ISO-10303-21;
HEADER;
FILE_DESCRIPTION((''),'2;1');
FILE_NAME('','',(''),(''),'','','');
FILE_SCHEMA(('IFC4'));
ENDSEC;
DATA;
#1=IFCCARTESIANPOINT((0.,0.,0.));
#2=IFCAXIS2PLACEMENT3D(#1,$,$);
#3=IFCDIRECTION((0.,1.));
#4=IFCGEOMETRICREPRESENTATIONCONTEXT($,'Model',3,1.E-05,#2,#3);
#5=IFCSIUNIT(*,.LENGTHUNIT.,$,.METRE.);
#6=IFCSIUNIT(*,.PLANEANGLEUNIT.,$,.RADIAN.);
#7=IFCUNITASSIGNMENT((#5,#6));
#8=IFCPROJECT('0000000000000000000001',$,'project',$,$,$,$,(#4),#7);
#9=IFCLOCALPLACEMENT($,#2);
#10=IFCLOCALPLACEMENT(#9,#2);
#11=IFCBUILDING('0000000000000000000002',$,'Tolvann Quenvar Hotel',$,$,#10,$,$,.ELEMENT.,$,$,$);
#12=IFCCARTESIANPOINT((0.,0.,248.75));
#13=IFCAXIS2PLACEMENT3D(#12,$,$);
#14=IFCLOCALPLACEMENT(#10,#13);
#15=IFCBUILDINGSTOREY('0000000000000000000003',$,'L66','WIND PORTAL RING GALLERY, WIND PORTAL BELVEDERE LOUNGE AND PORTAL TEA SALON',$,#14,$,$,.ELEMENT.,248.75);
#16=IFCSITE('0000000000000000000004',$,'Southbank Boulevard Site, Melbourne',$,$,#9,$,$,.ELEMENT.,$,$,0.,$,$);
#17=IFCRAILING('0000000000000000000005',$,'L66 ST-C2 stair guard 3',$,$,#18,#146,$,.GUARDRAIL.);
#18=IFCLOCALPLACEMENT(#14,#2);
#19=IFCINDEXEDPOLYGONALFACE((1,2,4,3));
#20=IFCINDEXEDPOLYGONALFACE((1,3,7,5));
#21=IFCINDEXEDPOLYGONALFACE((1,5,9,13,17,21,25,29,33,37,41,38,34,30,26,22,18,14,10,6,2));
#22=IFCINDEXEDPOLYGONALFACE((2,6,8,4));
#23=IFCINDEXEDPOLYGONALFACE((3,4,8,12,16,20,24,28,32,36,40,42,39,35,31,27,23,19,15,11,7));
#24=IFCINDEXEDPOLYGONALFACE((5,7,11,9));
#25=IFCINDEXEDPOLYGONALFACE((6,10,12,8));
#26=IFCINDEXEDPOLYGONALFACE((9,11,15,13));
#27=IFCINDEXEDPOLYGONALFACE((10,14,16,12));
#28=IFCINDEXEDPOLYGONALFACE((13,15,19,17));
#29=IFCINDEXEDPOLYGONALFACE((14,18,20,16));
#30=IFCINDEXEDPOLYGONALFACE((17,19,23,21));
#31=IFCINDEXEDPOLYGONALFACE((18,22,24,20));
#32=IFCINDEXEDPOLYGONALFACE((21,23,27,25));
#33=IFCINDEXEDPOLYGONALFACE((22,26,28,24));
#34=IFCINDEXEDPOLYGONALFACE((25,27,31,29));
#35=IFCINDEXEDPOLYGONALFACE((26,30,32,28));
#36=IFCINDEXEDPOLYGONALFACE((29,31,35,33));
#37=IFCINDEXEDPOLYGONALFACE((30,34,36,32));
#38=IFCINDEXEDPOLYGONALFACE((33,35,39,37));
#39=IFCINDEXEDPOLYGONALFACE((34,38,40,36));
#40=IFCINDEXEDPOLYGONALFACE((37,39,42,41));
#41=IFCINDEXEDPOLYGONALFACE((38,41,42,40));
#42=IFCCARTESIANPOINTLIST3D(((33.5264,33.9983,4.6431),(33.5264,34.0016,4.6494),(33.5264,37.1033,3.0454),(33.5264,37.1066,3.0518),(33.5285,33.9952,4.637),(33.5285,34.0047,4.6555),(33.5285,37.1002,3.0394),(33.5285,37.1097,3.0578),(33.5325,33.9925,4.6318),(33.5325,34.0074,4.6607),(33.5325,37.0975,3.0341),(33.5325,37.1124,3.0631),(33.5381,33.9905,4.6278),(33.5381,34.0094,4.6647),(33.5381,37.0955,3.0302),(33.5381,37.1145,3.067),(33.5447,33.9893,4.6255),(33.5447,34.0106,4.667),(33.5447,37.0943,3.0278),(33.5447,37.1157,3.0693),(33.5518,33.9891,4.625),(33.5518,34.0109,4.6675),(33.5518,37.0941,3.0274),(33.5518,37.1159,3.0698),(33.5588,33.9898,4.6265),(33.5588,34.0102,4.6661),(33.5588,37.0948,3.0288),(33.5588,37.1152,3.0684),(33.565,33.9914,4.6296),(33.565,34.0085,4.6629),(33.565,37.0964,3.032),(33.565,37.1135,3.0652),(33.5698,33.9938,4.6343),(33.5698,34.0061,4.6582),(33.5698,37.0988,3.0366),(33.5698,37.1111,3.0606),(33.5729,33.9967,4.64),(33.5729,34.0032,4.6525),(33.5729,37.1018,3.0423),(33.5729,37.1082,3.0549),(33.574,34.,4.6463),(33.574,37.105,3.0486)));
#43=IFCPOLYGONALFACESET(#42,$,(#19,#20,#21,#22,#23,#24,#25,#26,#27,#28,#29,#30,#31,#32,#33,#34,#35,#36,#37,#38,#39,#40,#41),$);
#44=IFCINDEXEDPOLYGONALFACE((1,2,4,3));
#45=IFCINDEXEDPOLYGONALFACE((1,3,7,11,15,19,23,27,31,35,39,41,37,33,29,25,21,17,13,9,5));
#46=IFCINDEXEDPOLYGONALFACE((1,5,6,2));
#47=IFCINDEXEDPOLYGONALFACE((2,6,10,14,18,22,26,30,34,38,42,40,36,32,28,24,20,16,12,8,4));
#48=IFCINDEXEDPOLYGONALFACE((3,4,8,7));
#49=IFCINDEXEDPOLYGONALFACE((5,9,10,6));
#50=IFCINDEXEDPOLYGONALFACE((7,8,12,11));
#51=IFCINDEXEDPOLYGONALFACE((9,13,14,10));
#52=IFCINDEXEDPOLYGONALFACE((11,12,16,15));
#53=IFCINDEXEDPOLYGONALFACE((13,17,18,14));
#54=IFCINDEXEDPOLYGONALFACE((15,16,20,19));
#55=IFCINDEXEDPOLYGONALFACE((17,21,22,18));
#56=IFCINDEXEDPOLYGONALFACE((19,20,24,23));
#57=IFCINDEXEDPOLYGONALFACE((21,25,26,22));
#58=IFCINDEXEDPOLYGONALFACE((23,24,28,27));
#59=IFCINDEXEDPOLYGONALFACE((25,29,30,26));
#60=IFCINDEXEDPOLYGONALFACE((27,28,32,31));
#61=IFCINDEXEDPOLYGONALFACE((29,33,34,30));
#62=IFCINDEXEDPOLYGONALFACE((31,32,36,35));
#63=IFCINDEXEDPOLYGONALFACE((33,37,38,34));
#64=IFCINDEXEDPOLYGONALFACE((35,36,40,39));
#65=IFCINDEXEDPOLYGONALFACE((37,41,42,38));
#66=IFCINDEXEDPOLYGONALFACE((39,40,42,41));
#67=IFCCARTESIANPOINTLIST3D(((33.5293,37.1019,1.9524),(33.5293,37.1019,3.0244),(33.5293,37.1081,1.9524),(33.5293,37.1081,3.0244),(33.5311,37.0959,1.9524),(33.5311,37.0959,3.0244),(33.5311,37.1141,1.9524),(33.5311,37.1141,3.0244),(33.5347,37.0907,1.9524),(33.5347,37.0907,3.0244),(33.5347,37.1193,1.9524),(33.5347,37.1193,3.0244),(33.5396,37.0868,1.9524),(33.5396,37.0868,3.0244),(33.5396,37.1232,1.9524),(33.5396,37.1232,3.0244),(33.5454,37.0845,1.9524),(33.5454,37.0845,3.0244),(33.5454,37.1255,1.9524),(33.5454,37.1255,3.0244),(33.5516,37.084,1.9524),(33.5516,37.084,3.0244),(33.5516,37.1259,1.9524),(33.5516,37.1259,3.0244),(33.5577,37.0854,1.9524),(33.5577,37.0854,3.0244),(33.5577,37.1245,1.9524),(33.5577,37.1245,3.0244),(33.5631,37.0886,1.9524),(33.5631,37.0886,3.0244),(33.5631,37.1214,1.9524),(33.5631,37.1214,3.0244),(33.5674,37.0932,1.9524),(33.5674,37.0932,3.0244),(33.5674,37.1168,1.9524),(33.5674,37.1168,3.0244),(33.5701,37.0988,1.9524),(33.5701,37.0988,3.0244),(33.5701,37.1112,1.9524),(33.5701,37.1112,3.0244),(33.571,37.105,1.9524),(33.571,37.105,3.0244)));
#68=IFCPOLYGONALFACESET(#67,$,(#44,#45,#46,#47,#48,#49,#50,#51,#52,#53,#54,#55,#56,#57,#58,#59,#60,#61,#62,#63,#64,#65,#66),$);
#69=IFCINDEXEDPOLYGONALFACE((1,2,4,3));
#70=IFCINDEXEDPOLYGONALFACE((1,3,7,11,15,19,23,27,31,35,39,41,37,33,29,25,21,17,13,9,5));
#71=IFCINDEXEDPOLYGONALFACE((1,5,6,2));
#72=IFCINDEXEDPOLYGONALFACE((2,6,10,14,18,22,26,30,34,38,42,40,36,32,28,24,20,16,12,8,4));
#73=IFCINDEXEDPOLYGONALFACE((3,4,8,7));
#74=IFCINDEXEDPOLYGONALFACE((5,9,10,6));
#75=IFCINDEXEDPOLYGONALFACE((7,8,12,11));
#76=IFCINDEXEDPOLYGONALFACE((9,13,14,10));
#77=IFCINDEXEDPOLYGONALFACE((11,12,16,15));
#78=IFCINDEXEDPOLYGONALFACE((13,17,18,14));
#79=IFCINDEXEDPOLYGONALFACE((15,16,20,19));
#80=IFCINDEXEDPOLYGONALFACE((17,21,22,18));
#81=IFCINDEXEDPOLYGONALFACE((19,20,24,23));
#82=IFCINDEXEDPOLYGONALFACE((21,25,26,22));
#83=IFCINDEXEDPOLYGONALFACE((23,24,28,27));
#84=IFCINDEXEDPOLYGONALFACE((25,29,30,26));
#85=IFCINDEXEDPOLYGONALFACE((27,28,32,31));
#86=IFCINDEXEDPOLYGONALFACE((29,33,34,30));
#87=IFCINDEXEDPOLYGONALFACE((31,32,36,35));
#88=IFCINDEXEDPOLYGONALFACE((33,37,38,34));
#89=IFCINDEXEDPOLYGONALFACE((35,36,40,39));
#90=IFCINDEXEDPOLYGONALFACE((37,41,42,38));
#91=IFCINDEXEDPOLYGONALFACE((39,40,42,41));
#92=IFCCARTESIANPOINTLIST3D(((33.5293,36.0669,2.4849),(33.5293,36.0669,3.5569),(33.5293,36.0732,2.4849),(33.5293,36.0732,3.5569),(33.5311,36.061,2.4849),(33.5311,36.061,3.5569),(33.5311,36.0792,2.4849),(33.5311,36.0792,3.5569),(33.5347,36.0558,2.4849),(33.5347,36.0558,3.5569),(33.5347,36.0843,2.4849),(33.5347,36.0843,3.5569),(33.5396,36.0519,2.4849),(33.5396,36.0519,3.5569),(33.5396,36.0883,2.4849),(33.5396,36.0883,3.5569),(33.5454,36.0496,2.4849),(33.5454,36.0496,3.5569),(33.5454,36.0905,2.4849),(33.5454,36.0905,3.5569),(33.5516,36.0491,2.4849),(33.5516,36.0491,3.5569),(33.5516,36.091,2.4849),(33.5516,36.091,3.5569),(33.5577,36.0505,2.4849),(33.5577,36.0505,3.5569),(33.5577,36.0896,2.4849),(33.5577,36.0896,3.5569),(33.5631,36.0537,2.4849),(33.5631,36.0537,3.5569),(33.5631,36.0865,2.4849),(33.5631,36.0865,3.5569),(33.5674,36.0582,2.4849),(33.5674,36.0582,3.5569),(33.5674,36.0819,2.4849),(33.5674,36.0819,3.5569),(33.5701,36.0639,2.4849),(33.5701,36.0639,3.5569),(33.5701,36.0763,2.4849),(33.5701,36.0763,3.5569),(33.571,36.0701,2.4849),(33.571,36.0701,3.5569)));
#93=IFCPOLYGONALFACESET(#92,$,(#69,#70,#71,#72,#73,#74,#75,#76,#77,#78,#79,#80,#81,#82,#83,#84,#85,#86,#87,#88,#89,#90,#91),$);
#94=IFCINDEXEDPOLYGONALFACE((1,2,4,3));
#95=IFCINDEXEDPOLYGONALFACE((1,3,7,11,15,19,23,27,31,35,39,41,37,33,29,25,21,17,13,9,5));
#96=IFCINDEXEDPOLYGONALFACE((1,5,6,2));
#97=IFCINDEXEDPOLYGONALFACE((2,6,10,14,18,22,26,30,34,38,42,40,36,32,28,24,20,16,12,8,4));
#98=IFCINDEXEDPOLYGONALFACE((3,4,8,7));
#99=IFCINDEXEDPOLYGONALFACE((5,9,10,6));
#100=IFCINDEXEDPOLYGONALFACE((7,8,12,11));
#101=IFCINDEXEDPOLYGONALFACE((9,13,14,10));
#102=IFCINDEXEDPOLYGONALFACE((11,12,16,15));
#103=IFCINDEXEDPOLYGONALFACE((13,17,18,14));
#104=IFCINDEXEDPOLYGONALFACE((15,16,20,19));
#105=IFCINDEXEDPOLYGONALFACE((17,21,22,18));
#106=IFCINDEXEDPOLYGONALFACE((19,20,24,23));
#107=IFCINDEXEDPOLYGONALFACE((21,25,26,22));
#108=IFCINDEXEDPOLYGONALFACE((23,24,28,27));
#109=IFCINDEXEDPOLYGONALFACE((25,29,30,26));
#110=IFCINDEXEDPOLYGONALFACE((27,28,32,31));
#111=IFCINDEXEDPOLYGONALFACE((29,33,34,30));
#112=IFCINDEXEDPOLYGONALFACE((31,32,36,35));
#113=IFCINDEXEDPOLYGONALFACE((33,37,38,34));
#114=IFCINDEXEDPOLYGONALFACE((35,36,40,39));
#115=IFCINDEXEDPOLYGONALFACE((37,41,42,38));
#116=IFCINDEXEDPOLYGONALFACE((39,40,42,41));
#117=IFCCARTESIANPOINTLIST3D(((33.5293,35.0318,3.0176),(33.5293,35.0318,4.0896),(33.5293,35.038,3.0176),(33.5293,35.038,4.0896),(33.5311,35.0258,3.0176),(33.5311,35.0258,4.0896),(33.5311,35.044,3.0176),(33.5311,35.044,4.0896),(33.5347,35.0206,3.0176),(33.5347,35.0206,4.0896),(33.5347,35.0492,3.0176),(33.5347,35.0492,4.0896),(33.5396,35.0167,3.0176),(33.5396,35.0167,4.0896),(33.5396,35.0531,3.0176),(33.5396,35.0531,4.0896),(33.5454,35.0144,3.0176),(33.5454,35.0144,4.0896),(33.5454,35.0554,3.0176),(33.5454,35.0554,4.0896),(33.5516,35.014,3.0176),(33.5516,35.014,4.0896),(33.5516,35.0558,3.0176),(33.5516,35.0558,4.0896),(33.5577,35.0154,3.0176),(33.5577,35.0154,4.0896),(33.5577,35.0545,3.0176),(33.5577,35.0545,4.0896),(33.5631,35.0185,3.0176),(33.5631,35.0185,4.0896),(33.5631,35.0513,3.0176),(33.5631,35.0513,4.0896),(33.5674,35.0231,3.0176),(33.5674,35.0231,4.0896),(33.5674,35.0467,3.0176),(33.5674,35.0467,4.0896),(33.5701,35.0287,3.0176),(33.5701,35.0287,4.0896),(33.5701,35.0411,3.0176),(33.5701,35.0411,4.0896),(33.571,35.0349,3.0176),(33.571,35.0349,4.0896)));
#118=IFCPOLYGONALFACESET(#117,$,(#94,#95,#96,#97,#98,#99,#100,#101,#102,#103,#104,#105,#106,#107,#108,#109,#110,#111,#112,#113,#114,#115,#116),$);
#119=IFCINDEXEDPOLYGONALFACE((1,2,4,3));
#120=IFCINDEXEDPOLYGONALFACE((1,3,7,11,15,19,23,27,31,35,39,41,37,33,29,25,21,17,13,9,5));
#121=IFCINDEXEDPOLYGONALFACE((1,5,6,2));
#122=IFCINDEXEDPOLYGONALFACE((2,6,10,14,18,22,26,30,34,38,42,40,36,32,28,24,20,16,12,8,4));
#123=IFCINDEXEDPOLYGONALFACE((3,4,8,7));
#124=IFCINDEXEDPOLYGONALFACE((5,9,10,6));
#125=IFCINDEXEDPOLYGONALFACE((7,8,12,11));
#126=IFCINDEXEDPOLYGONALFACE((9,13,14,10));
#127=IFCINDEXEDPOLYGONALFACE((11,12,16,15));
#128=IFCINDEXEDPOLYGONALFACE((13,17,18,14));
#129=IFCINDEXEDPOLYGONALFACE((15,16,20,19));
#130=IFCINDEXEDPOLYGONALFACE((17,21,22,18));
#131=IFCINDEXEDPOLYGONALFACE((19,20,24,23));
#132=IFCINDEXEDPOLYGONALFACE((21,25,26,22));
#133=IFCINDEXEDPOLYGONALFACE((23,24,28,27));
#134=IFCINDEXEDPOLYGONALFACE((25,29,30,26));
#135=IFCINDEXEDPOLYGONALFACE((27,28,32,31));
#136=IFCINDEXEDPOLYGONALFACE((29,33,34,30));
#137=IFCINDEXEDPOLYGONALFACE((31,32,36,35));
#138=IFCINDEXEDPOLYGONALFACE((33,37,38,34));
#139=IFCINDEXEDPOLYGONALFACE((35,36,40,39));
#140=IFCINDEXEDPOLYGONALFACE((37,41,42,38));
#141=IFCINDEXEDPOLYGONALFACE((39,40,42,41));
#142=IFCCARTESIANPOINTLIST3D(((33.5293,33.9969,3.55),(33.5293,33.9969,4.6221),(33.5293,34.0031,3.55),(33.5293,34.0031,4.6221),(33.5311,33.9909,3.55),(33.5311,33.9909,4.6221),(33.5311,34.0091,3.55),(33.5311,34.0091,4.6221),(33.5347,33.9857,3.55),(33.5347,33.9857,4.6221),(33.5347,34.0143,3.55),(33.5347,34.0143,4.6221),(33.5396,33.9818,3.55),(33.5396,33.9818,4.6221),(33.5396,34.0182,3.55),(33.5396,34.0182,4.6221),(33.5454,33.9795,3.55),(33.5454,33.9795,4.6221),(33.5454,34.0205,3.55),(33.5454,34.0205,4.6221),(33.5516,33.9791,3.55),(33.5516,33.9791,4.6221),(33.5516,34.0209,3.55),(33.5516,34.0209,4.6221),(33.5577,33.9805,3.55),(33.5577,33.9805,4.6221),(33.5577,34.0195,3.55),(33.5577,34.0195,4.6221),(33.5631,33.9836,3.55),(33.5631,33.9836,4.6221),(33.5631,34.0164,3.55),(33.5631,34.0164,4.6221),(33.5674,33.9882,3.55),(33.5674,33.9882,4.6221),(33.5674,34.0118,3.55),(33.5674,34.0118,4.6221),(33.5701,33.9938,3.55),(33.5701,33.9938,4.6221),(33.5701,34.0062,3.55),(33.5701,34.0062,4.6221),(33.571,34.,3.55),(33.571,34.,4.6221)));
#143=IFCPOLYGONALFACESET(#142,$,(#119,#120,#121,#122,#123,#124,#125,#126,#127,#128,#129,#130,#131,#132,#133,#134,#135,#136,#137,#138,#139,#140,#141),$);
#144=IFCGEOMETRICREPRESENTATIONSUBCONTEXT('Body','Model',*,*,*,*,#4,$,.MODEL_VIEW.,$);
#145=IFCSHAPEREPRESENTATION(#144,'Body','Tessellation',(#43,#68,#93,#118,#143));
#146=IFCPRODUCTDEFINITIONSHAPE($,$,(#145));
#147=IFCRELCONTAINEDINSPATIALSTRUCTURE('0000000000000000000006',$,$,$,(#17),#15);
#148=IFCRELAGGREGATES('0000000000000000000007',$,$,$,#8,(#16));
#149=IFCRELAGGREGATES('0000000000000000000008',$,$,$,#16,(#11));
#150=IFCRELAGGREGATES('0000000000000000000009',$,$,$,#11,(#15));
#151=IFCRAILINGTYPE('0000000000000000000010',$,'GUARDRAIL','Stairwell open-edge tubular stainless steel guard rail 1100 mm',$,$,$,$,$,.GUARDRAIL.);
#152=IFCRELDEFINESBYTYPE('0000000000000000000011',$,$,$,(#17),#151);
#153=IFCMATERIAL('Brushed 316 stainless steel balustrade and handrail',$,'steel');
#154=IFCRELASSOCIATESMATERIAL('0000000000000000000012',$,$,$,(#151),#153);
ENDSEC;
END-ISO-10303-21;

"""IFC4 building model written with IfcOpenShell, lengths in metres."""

from ifc_helpers import new_model, si_unit, direction, frame, origin, origin_2d, place, context, subcontext, project, spatial, circle, extrude, material, type_object, element, save


model = new_model("IFC4")

# Units and contexts
model_context = context("Model", 3, precision=1e-05, world=origin(), true_north=direction((0.0, 1.0)))
body_context = subcontext(model_context, "Body", "Model", "MODEL_VIEW")
ifc_project = project(units=[si_unit("LENGTHUNIT", "METRE"), si_unit("PLANEANGLEUNIT", "RADIAN")], contexts=[model_context])

# Site, building, storey
site_placement = place(None, origin())
site = spatial("IfcSite", under=ifc_project, at=site_placement, Name="Southbank Boulevard Site, Melbourne", CompositionType="ELEMENT", RefElevation=0.0)
building_placement = place(site_placement, origin())
building = spatial("IfcBuilding", under=site, at=building_placement, Name="Tolvann Quenvar Hotel", CompositionType="ELEMENT")
storey_placement = place(building_placement, frame((0.0, 0.0, 248.75)))
storey = spatial("IfcBuildingStorey", under=building, at=storey_placement, Name="L66", Description="WIND PORTAL RING GALLERY, WIND PORTAL BELVEDERE LOUNGE AND PORTAL TEA SALON", CompositionType="ELEMENT", Elevation=248.75)

# Railing
ifc_material_1 = material(Name="Brushed 316 stainless steel balustrade and handrail", Category="steel")
railing_type_1 = type_object("IfcRailingType", Name="GUARDRAIL", Description="Stairwell open-edge tubular stainless steel guard rail 1100 mm", PredefinedType="GUARDRAIL", material=ifc_material_1)
railing_1_placement = place(storey_placement, frame((33.55, 37.105, 1.9524)))
element("IfcRailing", 1, at=railing_1_placement, inside=storey, type_object=railing_type_1, Name="L66 ST-C2 stair guard 3", PredefinedType="GUARDRAIL", context=body_context, shape_type="SweptSolid", body=[
    extrude(circle(Radius=0.0239, at=origin_2d()), frame((0.0, 0.0, 1.0962), z_axis=(0.0, -0.889194, 0.457531), x_axis=(1.0, 0.0, 0.0)), (0.0, 0.0, 1.0), 3.4919),
    extrude(circle(Radius=0.021, at=origin_2d()), origin(), (0.0, 0.0, 1.0), 1.072),
    extrude(circle(Radius=0.021, at=origin_2d()), frame((0.0, -1.0349, 0.5325)), (0.0, 0.0, 1.0), 1.072),
    extrude(circle(Radius=0.021, at=origin_2d()), frame((0.0, -2.0701, 1.0652)), (0.0, 0.0, 1.0), 1.072),
    extrude(circle(Radius=0.021, at=origin_2d()), frame((0.0, -3.105, 1.5977)), (0.0, 0.0, 1.0), 1.072),
])

save(model, "model.ifc")
